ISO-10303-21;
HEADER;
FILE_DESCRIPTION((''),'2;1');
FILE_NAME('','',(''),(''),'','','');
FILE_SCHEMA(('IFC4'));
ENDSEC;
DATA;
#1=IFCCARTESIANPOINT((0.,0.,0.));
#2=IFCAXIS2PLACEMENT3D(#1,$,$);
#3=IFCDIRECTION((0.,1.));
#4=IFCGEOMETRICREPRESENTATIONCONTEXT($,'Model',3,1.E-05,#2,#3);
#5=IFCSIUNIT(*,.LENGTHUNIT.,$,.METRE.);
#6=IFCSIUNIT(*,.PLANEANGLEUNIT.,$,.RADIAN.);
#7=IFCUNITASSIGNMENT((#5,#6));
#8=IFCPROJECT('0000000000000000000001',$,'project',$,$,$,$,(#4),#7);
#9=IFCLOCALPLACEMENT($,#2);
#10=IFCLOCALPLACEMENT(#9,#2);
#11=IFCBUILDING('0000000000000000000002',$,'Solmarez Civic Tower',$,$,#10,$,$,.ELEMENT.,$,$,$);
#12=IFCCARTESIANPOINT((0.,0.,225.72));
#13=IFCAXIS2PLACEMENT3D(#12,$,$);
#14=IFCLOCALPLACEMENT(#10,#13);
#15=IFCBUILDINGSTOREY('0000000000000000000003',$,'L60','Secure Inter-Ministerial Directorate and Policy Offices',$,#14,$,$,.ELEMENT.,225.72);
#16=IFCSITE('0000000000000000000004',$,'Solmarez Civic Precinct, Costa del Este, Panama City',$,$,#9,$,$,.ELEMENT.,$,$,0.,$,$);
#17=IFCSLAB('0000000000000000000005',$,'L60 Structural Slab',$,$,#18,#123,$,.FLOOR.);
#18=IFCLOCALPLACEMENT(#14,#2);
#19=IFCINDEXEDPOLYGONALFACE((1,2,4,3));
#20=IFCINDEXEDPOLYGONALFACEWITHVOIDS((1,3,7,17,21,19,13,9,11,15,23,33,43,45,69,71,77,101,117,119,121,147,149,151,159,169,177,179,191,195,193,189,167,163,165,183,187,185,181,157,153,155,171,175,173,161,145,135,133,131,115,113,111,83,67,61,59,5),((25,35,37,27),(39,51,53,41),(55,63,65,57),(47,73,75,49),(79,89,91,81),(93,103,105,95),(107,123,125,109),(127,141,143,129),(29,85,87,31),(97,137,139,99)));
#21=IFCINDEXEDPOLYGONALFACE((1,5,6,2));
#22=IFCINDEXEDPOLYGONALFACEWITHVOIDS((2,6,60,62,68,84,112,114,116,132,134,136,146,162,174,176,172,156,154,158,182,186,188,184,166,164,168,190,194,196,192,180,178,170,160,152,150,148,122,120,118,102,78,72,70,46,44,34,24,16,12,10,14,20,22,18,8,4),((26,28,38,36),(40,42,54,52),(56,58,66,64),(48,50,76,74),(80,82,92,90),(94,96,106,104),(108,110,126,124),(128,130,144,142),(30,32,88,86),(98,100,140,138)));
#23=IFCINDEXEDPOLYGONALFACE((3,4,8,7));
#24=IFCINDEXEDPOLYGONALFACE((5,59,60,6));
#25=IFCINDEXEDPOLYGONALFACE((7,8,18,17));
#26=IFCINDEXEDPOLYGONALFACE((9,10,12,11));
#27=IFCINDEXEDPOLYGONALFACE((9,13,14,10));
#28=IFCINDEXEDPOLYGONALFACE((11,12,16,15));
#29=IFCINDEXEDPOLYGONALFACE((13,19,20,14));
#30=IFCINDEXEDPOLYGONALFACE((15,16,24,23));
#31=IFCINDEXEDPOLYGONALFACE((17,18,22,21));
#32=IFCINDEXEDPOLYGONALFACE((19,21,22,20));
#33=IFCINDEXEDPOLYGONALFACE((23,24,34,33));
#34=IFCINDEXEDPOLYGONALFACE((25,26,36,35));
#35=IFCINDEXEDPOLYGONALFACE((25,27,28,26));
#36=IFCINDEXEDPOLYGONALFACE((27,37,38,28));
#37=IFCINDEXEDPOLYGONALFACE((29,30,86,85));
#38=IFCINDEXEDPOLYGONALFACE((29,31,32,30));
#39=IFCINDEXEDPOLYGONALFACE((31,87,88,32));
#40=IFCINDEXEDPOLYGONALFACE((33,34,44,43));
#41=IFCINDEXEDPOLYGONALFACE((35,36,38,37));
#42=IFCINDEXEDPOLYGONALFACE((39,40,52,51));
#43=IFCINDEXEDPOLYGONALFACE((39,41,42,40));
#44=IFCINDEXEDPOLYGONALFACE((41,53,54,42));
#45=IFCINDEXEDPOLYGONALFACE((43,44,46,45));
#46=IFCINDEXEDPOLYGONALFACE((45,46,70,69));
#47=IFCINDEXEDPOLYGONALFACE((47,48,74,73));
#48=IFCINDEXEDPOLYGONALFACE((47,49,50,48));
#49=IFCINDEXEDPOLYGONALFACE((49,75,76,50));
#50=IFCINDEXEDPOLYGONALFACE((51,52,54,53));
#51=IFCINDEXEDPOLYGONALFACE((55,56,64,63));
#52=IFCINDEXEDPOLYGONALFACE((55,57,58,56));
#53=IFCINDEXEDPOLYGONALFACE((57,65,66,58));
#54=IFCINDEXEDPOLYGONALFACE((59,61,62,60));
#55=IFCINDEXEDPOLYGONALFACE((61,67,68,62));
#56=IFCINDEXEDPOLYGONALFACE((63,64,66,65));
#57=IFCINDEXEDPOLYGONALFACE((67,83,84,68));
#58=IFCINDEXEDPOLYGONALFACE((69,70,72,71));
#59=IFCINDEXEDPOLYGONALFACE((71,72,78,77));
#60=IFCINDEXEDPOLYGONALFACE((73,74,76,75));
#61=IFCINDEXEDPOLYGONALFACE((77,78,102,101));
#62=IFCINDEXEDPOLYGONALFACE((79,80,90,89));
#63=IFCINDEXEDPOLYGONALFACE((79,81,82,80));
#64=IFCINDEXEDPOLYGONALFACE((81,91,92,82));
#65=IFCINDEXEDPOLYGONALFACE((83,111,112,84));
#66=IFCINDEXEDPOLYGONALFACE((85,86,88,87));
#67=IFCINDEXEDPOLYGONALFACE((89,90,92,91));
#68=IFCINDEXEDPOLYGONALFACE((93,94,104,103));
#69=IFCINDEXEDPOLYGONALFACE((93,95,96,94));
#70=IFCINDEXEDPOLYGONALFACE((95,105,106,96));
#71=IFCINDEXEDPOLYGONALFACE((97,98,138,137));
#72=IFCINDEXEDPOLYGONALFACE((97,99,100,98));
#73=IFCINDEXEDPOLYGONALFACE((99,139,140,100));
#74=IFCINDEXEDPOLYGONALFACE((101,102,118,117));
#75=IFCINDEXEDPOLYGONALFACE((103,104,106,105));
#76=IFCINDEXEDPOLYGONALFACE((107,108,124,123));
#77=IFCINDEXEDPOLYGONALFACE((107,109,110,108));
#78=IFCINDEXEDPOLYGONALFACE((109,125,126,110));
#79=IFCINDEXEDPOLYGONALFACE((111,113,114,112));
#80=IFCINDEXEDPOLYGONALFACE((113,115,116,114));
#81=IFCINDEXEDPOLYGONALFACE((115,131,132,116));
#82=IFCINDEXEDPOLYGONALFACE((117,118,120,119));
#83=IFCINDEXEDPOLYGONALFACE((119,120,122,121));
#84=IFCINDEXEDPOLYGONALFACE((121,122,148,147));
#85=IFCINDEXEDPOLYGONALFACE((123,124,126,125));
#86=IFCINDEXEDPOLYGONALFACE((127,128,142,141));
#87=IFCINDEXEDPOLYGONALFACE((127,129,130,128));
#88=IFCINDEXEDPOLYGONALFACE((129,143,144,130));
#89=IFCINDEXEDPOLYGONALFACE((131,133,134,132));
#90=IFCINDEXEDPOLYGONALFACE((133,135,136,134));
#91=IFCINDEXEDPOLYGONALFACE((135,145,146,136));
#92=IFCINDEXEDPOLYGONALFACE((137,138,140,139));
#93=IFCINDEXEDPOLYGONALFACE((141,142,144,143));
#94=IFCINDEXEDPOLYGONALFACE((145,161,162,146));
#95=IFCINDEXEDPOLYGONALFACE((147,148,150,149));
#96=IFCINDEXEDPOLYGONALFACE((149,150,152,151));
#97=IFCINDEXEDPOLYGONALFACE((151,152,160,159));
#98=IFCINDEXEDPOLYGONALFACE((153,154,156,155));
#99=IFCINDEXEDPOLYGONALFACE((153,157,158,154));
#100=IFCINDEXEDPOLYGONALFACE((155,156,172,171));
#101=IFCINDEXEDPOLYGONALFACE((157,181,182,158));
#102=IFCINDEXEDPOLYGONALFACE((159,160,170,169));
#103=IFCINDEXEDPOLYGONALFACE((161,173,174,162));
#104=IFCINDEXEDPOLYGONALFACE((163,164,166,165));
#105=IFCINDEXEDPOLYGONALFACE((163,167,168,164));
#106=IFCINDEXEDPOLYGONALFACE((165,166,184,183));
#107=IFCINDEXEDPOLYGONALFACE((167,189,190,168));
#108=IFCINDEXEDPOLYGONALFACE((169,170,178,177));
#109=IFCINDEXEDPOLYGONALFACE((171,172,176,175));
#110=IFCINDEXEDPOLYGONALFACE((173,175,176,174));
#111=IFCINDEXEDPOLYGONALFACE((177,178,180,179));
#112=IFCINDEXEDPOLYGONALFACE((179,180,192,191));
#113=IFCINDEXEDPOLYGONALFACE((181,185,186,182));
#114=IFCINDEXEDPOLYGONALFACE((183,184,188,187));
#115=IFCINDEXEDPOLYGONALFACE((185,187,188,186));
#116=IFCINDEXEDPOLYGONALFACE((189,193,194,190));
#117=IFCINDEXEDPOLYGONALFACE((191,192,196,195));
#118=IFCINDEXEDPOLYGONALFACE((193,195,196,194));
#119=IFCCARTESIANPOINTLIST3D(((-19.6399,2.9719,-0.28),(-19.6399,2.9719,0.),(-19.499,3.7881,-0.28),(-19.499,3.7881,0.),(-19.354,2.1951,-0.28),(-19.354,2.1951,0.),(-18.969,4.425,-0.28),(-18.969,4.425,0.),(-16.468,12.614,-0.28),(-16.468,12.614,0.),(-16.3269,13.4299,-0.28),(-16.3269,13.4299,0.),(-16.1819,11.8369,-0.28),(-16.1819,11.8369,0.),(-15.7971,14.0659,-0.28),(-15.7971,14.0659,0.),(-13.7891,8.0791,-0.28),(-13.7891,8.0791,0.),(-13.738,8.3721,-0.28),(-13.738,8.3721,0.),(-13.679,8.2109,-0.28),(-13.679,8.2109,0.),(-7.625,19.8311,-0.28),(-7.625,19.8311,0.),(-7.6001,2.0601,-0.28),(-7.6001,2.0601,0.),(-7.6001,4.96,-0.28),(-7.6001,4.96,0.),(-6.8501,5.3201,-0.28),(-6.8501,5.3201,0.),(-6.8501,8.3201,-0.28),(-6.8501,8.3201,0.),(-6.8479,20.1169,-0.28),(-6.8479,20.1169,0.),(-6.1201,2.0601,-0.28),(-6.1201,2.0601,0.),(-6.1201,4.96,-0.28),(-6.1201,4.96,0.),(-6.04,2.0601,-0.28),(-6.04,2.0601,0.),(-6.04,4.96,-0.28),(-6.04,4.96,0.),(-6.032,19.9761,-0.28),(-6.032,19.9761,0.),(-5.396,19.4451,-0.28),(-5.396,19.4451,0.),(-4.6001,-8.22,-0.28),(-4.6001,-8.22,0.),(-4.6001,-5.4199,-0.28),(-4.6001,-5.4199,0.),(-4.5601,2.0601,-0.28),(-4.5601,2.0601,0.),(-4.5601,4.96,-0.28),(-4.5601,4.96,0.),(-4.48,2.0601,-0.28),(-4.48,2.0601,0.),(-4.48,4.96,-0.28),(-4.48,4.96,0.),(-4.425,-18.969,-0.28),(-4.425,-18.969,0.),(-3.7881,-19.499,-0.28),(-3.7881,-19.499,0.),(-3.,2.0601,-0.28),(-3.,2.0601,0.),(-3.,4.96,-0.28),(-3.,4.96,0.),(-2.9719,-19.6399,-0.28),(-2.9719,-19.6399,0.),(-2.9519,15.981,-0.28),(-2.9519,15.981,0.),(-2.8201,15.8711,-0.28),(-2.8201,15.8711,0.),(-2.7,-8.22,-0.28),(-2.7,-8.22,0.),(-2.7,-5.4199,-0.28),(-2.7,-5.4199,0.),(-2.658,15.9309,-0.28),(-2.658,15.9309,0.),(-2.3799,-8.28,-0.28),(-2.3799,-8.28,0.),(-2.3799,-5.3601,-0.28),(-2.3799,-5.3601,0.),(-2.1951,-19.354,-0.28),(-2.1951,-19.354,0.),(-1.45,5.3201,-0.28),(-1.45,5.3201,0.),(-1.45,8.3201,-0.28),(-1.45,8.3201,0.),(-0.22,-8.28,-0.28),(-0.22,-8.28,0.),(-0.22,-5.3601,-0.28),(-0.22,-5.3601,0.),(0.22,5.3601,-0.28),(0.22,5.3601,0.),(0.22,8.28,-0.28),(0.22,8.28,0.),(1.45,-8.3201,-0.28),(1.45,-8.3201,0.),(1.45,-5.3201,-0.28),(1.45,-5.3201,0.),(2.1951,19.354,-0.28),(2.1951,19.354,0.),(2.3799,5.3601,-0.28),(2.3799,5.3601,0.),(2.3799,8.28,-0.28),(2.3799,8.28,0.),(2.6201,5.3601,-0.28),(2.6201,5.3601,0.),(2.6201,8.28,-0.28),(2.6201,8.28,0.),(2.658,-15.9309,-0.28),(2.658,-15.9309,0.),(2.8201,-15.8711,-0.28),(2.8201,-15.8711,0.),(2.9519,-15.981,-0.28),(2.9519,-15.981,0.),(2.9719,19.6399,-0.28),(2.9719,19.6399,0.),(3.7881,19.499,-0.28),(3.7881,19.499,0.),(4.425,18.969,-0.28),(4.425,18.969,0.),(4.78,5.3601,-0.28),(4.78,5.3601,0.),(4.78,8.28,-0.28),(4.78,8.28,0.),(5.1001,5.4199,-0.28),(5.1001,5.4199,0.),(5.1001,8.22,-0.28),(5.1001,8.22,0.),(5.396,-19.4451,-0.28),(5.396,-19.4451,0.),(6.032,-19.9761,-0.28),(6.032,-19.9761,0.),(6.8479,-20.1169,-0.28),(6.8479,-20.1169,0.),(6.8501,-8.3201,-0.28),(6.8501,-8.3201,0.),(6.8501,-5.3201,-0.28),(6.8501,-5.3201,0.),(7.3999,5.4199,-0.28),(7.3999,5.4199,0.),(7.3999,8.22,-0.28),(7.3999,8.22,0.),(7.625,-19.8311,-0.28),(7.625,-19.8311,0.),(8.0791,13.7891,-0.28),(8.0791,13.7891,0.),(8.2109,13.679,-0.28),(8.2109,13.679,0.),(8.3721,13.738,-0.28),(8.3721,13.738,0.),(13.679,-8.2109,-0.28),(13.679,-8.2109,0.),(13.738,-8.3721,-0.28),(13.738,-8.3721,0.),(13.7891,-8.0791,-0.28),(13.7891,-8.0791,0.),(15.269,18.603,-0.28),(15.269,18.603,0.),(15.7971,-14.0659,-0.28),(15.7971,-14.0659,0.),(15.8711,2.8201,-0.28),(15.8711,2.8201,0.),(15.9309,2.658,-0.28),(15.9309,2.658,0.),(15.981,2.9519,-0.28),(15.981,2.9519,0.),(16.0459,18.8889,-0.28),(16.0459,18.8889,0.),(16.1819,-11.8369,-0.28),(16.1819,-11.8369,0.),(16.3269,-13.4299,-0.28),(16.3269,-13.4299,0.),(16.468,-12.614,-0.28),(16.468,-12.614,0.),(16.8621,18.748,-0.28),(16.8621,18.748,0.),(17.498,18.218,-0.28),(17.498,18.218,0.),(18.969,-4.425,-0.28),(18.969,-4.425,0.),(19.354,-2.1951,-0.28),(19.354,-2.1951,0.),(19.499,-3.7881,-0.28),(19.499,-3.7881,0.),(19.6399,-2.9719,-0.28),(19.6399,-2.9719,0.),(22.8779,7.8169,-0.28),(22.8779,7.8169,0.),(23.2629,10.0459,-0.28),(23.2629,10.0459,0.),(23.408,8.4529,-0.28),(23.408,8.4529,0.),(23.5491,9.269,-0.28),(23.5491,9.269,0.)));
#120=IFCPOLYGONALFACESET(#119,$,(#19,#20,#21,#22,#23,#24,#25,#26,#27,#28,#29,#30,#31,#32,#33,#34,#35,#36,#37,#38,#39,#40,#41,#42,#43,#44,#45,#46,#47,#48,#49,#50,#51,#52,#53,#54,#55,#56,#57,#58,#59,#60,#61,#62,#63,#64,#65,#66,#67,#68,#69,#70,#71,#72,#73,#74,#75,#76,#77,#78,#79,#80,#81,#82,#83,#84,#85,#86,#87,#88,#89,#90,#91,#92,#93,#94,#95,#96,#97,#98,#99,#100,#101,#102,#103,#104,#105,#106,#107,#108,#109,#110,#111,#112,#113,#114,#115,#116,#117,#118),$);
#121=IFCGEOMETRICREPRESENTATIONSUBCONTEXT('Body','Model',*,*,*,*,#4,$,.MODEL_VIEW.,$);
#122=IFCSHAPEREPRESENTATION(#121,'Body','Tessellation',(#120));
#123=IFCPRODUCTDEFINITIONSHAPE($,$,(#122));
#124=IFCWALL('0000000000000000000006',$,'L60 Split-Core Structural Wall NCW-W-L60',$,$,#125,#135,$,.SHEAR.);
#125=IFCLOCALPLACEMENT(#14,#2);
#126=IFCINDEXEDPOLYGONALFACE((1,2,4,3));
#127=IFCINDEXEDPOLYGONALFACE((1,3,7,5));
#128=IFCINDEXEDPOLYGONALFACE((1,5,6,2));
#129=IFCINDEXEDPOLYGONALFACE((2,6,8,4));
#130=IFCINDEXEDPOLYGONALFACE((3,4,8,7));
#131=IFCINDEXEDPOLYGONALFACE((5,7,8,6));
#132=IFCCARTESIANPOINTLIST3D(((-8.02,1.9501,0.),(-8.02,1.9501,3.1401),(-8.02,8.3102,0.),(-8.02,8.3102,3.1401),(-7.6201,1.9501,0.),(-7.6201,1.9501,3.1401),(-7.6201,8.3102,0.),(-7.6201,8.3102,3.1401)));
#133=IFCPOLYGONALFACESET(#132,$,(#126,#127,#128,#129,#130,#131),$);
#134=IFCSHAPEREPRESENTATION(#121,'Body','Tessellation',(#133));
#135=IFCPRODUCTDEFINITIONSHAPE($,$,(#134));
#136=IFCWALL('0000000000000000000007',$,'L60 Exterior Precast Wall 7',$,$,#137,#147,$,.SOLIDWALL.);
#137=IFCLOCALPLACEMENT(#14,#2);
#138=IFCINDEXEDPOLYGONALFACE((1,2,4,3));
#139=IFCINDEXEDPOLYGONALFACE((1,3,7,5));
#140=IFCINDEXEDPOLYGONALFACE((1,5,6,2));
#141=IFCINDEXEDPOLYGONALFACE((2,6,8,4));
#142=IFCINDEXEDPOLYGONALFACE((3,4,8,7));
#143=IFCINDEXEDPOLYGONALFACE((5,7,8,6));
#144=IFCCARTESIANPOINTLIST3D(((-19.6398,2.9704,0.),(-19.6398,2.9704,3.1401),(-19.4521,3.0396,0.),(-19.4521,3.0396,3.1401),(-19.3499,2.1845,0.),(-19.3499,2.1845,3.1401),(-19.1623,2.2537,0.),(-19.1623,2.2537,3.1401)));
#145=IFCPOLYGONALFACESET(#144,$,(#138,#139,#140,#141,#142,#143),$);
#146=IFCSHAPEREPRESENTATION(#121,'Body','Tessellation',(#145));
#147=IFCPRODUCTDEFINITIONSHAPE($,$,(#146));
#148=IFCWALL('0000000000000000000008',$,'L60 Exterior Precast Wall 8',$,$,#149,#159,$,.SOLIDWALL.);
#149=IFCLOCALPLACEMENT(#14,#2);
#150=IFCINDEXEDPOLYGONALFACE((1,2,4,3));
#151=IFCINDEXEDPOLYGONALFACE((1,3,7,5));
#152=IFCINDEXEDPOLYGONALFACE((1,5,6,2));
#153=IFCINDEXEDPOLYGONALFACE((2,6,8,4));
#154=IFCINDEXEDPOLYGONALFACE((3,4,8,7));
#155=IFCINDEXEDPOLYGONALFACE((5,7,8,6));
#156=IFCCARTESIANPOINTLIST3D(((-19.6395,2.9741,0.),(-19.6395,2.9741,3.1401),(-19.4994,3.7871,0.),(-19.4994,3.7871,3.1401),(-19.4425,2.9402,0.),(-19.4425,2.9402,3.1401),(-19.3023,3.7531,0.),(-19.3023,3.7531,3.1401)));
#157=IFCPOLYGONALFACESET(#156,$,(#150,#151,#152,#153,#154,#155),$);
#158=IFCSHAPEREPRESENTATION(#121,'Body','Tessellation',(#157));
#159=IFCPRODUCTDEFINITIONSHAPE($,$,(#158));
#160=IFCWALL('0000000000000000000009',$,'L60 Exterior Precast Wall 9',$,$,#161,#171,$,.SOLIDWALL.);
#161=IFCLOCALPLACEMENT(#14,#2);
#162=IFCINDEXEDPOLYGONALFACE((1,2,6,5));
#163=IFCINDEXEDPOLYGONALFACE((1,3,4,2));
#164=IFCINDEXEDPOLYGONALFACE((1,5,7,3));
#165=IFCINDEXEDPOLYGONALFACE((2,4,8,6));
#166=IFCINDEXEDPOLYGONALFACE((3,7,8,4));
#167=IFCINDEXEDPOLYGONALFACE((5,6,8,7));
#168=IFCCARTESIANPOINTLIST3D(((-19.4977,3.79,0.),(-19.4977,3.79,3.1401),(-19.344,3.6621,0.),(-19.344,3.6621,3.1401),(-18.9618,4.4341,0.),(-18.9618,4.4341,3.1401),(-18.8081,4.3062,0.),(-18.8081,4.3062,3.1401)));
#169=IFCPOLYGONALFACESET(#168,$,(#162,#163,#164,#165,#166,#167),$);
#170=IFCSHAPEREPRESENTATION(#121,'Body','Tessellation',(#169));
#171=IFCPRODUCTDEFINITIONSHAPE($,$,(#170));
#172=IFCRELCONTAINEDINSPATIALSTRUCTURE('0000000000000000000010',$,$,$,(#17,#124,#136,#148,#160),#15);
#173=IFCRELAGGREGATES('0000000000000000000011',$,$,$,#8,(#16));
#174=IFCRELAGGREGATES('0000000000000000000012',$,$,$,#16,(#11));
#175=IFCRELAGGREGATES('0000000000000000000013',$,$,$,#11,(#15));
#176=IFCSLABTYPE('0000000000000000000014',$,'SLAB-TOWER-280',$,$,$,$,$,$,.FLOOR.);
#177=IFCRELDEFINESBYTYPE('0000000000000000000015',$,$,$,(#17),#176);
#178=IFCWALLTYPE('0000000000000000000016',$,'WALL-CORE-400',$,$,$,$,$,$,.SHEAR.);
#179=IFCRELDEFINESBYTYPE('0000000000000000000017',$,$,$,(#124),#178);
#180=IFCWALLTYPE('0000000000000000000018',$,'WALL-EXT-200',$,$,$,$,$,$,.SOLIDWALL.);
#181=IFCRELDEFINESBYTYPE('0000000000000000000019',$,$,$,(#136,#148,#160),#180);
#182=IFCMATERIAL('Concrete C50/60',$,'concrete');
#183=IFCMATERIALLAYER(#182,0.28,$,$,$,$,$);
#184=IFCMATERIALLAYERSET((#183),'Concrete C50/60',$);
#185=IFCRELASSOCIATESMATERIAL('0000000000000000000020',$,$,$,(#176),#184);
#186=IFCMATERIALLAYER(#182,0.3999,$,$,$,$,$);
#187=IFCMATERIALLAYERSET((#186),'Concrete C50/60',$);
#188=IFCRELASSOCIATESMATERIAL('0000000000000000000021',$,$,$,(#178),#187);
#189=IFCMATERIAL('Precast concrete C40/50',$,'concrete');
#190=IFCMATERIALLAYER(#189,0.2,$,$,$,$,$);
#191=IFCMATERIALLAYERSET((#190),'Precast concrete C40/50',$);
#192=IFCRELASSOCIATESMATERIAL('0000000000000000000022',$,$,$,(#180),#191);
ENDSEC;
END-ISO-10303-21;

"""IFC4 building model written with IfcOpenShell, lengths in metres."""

from ifc_helpers import new_model, si_unit, direction, frame, frame_2d, origin, place, context, subcontext, project, spatial, polyline, rectangle, outline, extrude, material, layer, layer_set, type_object, element, save


model = new_model("IFC4")

# Units and contexts
model_context = context("Model", 3, precision=1e-05, world=origin(), true_north=direction((0.0, 1.0)))
body_context = subcontext(model_context, "Body", "Model", "MODEL_VIEW")
ifc_project = project(units=[si_unit("LENGTHUNIT", "METRE"), si_unit("PLANEANGLEUNIT", "RADIAN")], contexts=[model_context])

# Site, building, storey
site_placement = place(None, origin())
site = spatial("IfcSite", under=ifc_project, at=site_placement, Name="Solmarez Civic Precinct, Costa del Este, Panama City", CompositionType="ELEMENT", RefElevation=0.0)
building_placement = place(site_placement, origin())
building = spatial("IfcBuilding", under=site, at=building_placement, Name="Solmarez Civic Tower", CompositionType="ELEMENT")
storey_placement = place(building_placement, frame((0.0, 0.0, 225.72)))
storey = spatial("IfcBuildingStorey", under=building, at=storey_placement, Name="L60", Description="Secure Inter-Ministerial Directorate and Policy Offices", CompositionType="ELEMENT", Elevation=225.72)

# Shared definitions
ifc_material_1 = material(Name="Concrete C50/60", Category="concrete")

# Slab
ifc_layer_1 = layer(ifc_material_1, 0.28)
ifc_layer_set_1 = layer_set([ifc_layer_1], Name="Concrete C50/60")
slab_type_1 = type_object("IfcSlabType", Name="SLAB-TOWER-280", PredefinedType="FLOOR", material=ifc_layer_set_1)
slab_1_placement = place(storey_placement, frame((0.0, 0.0, -0.28)))
element("IfcSlab", 1, at=slab_1_placement, inside=storey, type_object=slab_type_1, Name="L60 Structural Slab", PredefinedType="FLOOR", context=body_context, shape_type="SweptSolid", body=[
    extrude(outline(polyline([(2.9519, -15.981), (5.396, -19.4451), (6.032, -19.9761), (6.8479, -20.1169), (7.625, -19.8311), (15.7971, -14.0659), (16.3269, -13.4299), (16.468, -12.614), (16.1819, -11.8369), (13.738, -8.3721), (13.679, -8.2109), (13.7891, -8.0791), (18.969, -4.425), (19.499, -3.7881), (19.6399, -2.9719), (19.354, -2.1951), (15.9309, 2.658), (15.8711, 2.8201), (15.981, 2.9519), (22.8779, 7.8169), (23.408, 8.4529), (23.5491, 9.269), (23.2629, 10.0459), (17.498, 18.218), (16.8621, 18.748), (16.0459, 18.8889), (15.269, 18.603), (8.3721, 13.738), (8.2109, 13.679), (8.0791, 13.7891), (4.425, 18.969), (3.7881, 19.499), (2.9719, 19.6399), (2.1951, 19.354), (-2.658, 15.9309), (-2.8201, 15.8711), (-2.9519, 15.981), (-5.396, 19.4451), (-6.032, 19.9761), (-6.8479, 20.1169), (-7.625, 19.8311), (-15.7971, 14.0659), (-16.3269, 13.4299), (-16.468, 12.614), (-16.1819, 11.8369), (-13.738, 8.3721), (-13.679, 8.2109), (-13.7891, 8.0791), (-18.969, 4.425), (-19.499, 3.7881), (-19.6399, 2.9719), (-19.354, 2.1951), (-4.425, -18.969), (-3.7881, -19.499), (-2.9719, -19.6399), (-2.1951, -19.354), (2.658, -15.9309), (2.8201, -15.8711), (2.9519, -15.981)]), holes=[polyline([(-1.45, 8.3201), (-6.8501, 8.3201), (-6.8501, 5.3201), (-1.45, 5.3201), (-1.45, 8.3201)]), polyline([(1.45, -8.3201), (6.8501, -8.3201), (6.8501, -5.3201), (1.45, -5.3201), (1.45, -8.3201)]), polyline([(0.22, 5.3601), (2.3799, 5.3601), (2.3799, 8.28), (0.22, 8.28), (0.22, 5.3601)]), polyline([(2.6201, 5.3601), (4.78, 5.3601), (4.78, 8.28), (2.6201, 8.28), (2.6201, 5.3601)]), polyline([(-2.3799, -8.28), (-0.22, -8.28), (-0.22, -5.3601), (-2.3799, -5.3601), (-2.3799, -8.28)]), polyline([(-7.6001, 2.0601), (-6.1201, 2.0601), (-6.1201, 4.96), (-7.6001, 4.96), (-7.6001, 2.0601)]), polyline([(-6.04, 2.0601), (-4.5601, 2.0601), (-4.5601, 4.96), (-6.04, 4.96), (-6.04, 2.0601)]), polyline([(-4.48, 2.0601), (-3.0, 2.0601), (-3.0, 4.96), (-4.48, 4.96), (-4.48, 2.0601)]), polyline([(5.1001, 5.4199), (7.3999, 5.4199), (7.3999, 8.22), (5.1001, 8.22), (5.1001, 5.4199)]), polyline([(-4.6001, -8.22), (-2.7, -8.22), (-2.7, -5.4199), (-4.6001, -5.4199), (-4.6001, -8.22)])]), origin(), (0.0, 0.0, 1.0), 0.28),
])

# Walls
ifc_layer_2 = layer(ifc_material_1, 0.3999)
ifc_layer_set_2 = layer_set([ifc_layer_2], Name="Concrete C50/60")
wall_type_1 = type_object("IfcWallType", Name="WALL-CORE-400", PredefinedType="SHEAR", material=ifc_layer_set_2)
wall_1_placement = place(storey_placement, frame((-7.8201, 1.95, 0.0), z_axis=(0.0, 0.0, 1.0), x_axis=(0.0, 1.0, 0.0)))
element("IfcWall", 2, at=wall_1_placement, inside=storey, type_object=wall_type_1, Name="L60 Split-Core Structural Wall NCW-W-L60", PredefinedType="SHEAR", context=body_context, shape_type="SweptSolid", body=[
    extrude(rectangle(XDim=6.3601, YDim=0.3999, at=frame_2d((3.1802, 0.0))), origin(), (0.0, 0.0, 1.0), 3.1401),
])
ifc_material_2 = material(Name="Precast concrete C40/50", Category="concrete")
ifc_layer_3 = layer(ifc_material_2, 0.2)
ifc_layer_set_3 = layer_set([ifc_layer_3], Name="Precast concrete C40/50")
wall_type_2 = type_object("IfcWallType", Name="WALL-EXT-200", PredefinedType="SOLIDWALL", material=ifc_layer_set_3)
wall_2_placement = place(storey_placement, frame((-19.2561, 2.219, 0.0), z_axis=(0.0, 0.0, 1.0), x_axis=(-0.345975, 0.938244, 0.0)))
element("IfcWall", 3, at=wall_2_placement, inside=storey, type_object=wall_type_2, Name="L60 Exterior Precast Wall 7", PredefinedType="SOLIDWALL", context=body_context, shape_type="SweptSolid", body=[
    extrude(rectangle(XDim=0.8376, YDim=0.2, at=frame_2d((0.4189, 0.0))), origin(), (0.0, 0.0, 1.0), 3.1401),
])
wall_3_placement = place(storey_placement, frame((-19.541, 2.957, 0.0), z_axis=(0.0, 0.0, 1.0), x_axis=(0.169867, 0.985467, 0.0)))
element("IfcWall", 4, at=wall_3_placement, inside=storey, type_object=wall_type_2, Name="L60 Exterior Precast Wall 8", PredefinedType="SOLIDWALL", context=body_context, shape_type="SweptSolid", body=[
    extrude(rectangle(XDim=0.825, YDim=0.2, at=frame_2d((0.4126, 0.0))), origin(), (0.0, 0.0, 1.0), 3.1401),
])
wall_4_placement = place(storey_placement, frame((-19.4209, 3.7261, 0.0), z_axis=(0.0, 0.0, 1.0), x_axis=(0.639611, 0.768699, 0.0)))
element("IfcWall", 5, at=wall_4_placement, inside=storey, type_object=wall_type_2, Name="L60 Exterior Precast Wall 9", PredefinedType="SOLIDWALL", context=body_context, shape_type="SweptSolid", body=[
    extrude(rectangle(XDim=0.8379, YDim=0.2, at=frame_2d((0.4189, 0.0))), origin(), (0.0, 0.0, 1.0), 3.1401),
])

save(model, "model.ifc")
